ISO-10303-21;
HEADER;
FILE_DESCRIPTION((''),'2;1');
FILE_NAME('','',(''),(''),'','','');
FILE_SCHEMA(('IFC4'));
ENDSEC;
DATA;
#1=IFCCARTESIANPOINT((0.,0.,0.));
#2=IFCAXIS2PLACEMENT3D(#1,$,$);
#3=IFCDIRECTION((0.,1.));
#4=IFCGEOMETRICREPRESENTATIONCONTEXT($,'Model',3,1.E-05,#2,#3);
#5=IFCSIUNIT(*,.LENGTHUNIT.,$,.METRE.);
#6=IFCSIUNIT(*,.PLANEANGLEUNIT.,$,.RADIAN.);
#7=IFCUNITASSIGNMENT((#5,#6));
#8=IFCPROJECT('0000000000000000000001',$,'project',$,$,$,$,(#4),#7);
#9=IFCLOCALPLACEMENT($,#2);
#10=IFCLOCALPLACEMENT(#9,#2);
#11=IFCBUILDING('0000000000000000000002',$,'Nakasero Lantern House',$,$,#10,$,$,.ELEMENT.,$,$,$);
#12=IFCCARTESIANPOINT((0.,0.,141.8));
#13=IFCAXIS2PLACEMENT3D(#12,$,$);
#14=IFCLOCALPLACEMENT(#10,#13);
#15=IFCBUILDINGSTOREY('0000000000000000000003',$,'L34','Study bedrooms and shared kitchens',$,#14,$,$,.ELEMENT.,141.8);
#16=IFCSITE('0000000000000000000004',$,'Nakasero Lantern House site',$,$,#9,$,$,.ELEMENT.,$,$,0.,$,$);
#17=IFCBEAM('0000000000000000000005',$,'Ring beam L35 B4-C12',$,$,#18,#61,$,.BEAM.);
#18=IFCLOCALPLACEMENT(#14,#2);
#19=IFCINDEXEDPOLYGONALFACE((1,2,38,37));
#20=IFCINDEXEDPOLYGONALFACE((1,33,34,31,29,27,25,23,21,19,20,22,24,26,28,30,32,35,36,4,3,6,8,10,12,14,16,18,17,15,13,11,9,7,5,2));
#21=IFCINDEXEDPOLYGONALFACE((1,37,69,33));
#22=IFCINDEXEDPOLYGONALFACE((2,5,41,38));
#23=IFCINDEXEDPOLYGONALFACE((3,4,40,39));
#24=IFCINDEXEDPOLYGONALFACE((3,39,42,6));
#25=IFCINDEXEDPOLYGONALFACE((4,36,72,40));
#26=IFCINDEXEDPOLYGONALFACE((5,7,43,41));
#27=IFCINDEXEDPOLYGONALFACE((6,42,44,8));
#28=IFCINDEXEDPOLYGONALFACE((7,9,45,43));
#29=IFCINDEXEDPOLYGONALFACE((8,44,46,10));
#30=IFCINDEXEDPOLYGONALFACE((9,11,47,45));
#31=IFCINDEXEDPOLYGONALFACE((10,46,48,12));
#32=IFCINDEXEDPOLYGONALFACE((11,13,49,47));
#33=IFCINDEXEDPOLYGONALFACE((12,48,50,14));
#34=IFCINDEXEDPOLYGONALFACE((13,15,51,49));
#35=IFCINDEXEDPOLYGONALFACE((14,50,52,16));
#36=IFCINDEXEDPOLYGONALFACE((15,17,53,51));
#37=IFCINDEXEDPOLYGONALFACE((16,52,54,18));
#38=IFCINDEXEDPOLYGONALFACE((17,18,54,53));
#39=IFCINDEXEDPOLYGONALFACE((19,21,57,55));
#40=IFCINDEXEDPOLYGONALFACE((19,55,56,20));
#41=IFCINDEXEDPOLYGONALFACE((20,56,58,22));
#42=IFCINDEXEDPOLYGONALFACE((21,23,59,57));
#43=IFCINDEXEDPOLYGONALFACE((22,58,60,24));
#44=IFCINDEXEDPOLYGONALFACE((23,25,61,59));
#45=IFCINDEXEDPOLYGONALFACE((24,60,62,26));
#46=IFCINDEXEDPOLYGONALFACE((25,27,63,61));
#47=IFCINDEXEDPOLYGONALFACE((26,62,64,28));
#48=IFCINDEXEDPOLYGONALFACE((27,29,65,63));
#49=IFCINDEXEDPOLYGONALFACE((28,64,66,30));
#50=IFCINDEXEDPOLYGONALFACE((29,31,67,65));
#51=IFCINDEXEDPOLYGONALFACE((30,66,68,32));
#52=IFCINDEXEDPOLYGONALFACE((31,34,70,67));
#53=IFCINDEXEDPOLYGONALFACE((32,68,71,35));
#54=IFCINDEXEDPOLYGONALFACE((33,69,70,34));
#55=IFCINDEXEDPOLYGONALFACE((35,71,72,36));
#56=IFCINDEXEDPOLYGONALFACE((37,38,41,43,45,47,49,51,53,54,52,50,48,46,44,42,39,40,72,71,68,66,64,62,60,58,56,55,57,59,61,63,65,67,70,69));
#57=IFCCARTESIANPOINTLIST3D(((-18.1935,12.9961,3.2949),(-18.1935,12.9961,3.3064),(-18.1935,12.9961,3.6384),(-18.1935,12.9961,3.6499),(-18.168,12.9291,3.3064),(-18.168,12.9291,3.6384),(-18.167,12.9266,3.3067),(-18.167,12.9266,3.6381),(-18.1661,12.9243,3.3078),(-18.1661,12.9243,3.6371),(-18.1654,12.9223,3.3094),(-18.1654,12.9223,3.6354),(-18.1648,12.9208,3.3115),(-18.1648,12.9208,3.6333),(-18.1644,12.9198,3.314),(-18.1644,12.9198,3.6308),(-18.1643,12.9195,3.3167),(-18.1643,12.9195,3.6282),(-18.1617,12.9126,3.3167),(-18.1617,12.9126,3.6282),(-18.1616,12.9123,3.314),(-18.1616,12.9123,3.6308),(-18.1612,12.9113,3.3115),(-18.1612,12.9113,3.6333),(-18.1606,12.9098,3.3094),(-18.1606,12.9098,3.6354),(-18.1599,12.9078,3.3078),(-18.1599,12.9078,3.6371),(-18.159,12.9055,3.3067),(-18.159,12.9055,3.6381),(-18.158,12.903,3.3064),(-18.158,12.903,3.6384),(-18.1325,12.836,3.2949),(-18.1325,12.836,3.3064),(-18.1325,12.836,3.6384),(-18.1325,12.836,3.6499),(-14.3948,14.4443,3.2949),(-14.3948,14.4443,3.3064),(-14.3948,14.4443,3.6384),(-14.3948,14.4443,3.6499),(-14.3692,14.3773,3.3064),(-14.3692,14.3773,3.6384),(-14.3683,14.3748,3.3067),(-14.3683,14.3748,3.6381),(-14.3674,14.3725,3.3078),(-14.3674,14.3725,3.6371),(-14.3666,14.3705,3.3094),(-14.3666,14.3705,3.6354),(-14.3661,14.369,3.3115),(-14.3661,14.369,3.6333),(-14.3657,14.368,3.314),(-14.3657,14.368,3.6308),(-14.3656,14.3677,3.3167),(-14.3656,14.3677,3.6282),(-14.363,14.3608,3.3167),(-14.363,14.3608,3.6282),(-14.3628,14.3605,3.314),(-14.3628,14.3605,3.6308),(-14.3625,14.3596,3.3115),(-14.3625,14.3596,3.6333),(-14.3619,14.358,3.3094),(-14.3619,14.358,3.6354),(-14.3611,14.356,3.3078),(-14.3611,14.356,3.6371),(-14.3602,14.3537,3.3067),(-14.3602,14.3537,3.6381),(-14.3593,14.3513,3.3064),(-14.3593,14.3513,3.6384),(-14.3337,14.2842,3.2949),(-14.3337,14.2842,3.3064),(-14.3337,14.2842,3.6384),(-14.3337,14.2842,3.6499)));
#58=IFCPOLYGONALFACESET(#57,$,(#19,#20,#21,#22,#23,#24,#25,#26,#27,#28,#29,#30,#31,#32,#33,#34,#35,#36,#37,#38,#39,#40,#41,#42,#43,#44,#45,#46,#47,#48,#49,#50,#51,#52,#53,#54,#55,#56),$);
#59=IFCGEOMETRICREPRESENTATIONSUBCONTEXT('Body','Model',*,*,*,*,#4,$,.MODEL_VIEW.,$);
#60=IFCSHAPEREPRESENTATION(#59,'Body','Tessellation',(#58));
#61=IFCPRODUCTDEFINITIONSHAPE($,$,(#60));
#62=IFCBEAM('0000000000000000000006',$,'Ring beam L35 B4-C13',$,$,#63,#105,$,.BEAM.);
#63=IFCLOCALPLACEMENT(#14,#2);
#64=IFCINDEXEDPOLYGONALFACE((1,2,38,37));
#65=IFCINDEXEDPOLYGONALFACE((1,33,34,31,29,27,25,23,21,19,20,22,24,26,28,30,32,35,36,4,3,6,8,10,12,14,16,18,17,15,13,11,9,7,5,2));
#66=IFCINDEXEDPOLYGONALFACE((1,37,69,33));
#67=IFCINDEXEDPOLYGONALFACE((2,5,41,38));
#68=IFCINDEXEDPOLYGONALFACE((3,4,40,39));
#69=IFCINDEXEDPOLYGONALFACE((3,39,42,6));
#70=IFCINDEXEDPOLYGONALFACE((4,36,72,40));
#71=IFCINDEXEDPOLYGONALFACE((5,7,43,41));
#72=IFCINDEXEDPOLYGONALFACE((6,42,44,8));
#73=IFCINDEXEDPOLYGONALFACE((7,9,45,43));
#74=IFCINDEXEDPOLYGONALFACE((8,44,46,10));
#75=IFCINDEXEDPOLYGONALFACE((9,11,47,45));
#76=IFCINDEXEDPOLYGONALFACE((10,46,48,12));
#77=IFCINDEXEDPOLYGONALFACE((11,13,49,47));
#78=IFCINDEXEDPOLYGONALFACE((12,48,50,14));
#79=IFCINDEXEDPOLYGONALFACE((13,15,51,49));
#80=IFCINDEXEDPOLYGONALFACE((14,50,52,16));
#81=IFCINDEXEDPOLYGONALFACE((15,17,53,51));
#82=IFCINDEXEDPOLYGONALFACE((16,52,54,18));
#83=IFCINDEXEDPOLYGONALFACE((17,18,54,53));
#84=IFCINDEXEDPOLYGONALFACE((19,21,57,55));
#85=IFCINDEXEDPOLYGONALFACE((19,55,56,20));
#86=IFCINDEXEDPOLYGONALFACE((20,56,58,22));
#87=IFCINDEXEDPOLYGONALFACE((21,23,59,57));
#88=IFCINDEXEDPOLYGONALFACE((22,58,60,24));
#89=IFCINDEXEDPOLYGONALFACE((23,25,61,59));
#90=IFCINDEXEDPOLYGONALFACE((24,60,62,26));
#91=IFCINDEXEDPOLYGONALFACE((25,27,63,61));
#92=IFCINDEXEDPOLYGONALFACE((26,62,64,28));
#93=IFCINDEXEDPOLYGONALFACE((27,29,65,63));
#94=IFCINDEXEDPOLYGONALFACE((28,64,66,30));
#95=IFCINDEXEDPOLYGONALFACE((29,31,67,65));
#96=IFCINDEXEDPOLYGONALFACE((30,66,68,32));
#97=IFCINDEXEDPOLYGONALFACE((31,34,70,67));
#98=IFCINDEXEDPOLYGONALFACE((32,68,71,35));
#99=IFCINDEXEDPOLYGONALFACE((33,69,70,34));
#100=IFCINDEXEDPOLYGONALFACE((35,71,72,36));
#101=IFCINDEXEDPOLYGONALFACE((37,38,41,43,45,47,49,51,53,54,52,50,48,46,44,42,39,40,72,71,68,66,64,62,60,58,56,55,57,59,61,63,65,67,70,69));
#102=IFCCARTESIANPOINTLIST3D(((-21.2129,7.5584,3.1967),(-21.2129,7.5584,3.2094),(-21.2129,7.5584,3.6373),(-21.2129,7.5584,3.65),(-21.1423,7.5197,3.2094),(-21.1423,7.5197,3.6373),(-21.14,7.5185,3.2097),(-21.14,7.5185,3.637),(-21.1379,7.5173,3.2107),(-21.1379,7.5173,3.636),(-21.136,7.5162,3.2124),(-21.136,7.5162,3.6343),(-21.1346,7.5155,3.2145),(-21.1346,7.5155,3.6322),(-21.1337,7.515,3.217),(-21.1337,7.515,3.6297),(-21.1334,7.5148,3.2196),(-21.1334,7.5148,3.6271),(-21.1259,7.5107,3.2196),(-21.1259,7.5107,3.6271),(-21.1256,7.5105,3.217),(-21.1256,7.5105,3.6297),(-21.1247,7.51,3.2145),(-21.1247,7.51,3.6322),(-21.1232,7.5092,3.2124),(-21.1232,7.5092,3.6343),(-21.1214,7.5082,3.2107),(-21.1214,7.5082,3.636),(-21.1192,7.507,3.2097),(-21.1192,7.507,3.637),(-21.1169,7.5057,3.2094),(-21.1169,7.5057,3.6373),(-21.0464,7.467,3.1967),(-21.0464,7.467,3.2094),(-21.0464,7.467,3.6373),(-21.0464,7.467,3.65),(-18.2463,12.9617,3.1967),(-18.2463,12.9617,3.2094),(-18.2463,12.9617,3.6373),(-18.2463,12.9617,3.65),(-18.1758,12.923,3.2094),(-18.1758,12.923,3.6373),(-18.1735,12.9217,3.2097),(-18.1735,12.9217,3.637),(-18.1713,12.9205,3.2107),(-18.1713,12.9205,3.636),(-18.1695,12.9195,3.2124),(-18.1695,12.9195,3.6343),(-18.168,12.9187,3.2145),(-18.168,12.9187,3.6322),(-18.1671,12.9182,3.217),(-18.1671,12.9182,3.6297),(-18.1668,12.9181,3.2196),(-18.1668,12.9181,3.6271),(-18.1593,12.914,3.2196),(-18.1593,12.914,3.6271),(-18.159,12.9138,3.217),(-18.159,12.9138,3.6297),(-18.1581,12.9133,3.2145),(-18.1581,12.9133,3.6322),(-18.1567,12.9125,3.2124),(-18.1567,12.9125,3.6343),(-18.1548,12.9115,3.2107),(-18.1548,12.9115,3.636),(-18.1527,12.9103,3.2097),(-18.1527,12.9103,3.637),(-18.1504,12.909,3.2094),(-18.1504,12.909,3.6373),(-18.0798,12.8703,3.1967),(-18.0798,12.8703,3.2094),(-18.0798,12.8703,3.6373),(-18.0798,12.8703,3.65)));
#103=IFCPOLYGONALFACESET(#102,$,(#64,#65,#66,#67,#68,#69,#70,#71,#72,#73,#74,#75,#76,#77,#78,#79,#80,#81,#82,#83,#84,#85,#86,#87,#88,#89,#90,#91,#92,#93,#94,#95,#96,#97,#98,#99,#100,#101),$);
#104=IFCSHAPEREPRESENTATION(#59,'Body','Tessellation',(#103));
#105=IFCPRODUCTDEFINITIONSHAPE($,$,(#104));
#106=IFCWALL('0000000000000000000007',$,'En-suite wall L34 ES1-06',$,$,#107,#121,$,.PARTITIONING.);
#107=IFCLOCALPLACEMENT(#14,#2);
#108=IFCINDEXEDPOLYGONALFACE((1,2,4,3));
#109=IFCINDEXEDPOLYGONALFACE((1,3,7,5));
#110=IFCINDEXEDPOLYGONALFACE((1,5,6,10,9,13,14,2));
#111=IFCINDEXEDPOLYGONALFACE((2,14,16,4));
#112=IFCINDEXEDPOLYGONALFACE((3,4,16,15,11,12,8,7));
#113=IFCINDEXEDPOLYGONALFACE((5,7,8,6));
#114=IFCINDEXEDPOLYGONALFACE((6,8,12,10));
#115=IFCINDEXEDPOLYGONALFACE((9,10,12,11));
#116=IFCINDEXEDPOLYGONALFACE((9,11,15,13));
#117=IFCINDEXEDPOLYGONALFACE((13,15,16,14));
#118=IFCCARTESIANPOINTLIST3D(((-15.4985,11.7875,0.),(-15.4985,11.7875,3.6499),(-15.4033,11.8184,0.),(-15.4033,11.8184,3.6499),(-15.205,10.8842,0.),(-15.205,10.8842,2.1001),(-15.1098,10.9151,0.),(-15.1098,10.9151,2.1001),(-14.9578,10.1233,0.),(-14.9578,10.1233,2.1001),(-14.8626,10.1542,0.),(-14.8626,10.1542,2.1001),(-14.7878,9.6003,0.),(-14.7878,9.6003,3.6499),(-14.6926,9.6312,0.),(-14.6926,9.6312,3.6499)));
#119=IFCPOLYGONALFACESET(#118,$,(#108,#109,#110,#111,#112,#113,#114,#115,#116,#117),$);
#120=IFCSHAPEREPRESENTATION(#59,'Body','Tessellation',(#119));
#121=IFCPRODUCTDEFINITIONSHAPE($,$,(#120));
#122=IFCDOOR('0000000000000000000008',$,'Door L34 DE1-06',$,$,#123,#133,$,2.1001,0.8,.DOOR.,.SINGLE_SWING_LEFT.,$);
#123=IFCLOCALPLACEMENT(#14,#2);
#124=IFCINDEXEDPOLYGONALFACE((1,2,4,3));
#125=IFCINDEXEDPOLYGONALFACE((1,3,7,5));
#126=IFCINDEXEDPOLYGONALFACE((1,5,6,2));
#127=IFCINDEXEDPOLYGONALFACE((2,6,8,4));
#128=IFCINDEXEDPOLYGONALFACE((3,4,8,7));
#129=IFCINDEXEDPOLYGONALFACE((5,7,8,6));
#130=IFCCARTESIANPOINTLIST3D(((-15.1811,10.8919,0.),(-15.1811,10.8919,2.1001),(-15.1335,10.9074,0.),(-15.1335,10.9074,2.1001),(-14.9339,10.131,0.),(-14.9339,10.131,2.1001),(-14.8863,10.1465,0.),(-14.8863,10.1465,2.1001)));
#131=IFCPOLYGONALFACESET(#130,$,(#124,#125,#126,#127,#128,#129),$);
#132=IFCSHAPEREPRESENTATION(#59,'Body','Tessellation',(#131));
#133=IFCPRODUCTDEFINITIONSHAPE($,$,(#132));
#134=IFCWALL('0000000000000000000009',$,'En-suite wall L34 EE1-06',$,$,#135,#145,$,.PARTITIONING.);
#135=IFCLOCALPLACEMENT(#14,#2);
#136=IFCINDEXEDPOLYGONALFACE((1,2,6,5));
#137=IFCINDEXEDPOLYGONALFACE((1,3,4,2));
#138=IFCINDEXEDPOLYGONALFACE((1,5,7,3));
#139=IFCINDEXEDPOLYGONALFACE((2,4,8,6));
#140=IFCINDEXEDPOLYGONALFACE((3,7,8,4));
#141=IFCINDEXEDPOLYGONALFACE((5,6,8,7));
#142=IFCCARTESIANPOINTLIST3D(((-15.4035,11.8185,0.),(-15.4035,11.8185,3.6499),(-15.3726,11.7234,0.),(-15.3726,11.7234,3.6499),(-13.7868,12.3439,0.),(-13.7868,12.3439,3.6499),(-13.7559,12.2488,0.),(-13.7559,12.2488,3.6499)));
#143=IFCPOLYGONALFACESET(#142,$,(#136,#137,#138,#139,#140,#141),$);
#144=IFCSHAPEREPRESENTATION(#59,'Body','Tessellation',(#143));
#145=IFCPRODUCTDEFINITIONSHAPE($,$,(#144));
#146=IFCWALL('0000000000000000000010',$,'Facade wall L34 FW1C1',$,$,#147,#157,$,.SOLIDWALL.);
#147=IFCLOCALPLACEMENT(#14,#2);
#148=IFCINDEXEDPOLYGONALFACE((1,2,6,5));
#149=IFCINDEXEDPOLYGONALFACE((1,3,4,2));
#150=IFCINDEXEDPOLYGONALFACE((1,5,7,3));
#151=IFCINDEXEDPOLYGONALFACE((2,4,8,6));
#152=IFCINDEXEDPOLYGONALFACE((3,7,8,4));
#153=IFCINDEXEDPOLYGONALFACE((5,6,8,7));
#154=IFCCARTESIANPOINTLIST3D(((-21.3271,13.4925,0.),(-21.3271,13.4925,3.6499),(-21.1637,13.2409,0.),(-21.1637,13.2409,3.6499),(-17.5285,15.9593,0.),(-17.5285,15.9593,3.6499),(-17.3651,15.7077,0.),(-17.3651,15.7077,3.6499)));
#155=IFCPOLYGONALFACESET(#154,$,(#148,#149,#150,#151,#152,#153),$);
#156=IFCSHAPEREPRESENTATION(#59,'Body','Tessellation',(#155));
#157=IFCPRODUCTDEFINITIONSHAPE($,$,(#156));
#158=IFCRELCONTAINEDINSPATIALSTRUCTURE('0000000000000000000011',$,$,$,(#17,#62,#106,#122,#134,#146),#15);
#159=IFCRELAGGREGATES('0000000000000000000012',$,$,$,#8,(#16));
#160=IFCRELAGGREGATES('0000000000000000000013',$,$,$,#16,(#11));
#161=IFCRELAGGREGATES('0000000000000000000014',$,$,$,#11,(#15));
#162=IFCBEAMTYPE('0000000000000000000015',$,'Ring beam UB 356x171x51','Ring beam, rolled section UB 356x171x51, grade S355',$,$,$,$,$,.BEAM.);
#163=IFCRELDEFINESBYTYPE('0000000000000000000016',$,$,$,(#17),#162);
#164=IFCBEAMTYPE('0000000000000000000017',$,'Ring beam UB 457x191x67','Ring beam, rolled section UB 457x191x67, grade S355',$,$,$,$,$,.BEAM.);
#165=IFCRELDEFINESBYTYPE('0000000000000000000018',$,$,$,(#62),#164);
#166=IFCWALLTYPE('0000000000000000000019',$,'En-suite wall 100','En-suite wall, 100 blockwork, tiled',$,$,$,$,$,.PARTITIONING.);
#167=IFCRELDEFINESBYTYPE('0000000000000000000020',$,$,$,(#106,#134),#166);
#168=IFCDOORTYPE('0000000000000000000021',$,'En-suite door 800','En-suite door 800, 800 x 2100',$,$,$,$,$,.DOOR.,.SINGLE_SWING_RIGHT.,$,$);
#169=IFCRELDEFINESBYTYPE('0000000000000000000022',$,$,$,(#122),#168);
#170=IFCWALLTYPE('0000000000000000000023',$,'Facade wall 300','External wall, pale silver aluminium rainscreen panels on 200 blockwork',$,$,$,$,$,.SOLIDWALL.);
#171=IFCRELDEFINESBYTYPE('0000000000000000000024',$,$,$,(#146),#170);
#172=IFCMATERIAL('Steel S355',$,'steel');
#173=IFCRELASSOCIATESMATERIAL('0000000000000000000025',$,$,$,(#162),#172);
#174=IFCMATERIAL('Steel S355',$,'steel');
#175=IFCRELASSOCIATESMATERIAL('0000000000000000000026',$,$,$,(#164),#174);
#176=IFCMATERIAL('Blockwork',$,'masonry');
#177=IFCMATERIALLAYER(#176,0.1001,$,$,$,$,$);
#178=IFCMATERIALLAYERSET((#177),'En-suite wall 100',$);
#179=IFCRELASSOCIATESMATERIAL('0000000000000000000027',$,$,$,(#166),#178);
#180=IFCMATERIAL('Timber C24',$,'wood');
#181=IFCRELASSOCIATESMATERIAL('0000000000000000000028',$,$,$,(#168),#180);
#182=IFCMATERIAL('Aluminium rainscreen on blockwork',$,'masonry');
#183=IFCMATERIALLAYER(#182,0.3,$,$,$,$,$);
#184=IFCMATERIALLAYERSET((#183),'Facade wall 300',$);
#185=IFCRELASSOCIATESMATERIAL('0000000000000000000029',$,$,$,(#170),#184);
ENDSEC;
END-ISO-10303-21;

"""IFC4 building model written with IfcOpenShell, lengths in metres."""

from ifc_helpers import new_model, si_unit, direction, frame, frame_2d, origin, origin_2d, place, context, subcontext, project, spatial, rectangle, i_section, extrude, material, layer, layer_set, material_profile, profile_set, type_object, element, fill, save


model = new_model("IFC4")

# Units and contexts
model_context = context("Model", 3, precision=1e-05, world=origin(), true_north=direction((0.0, 1.0)))
body_context = subcontext(model_context, "Body", "Model", "MODEL_VIEW")
ifc_project = project(units=[si_unit("LENGTHUNIT", "METRE"), si_unit("PLANEANGLEUNIT", "RADIAN")], contexts=[model_context])

# Site, building, storey
site_placement = place(None, origin())
site = spatial("IfcSite", under=ifc_project, at=site_placement, Name="Nakasero Lantern House site", CompositionType="ELEMENT", RefElevation=0.0)
building_placement = place(site_placement, origin())
building = spatial("IfcBuilding", under=site, at=building_placement, Name="Nakasero Lantern House", CompositionType="ELEMENT")
storey_placement = place(building_placement, frame((0.0, 0.0, 141.8)))
storey = spatial("IfcBuildingStorey", under=building, at=storey_placement, Name="L34", Description="Study bedrooms and shared kitchens", CompositionType="ELEMENT", Elevation=141.8)

# Beams
ifc_material_1 = material(Name="Steel S355", Category="steel")
ifc_material_profile_1 = material_profile(ifc_material_1, i_section(OverallWidth=0.1714, OverallDepth=0.355, WebThickness=0.0073, FlangeThickness=0.0115, FilletRadius=0.0103, at=origin_2d()), Name="UB 356x171x51")
ifc_profile_set_1 = profile_set([ifc_material_profile_1], Name="Steel S355")
beam_type_1 = type_object("IfcBeamType", Name="Ring beam UB 356x171x51", Description="Ring beam, rolled section UB 356x171x51, grade S355", PredefinedType="BEAM", material=ifc_profile_set_1)
beam_1_placement = place(storey_placement, frame((-14.3643, 14.3643, 3.4724), z_axis=(-0.9344, -0.356225, 0.0), x_axis=(0.356225, -0.9344, 0.0)))
element("IfcBeam", 1, at=beam_1_placement, inside=storey, type_object=beam_type_1, Name="Ring beam L35 B4-C12", PredefinedType="BEAM", context=body_context, shape_type="SweptSolid", body=[
    extrude(i_section(OverallWidth=0.1714, OverallDepth=0.355, WebThickness=0.0073, FlangeThickness=0.0115, FilletRadius=0.0103, at=origin_2d()), origin(), (0.0, 0.0, 1.0), 4.0654),
])
ifc_material_2 = material(Name="Steel S355", Category="steel")
ifc_material_profile_2 = material_profile(ifc_material_2, i_section(OverallWidth=0.1899, OverallDepth=0.4534, WebThickness=0.0085, FlangeThickness=0.0127, FilletRadius=0.0103, at=origin_2d()), Name="UB 457x191x67")
ifc_profile_set_2 = profile_set([ifc_material_profile_2], Name="Steel S355")
beam_type_2 = type_object("IfcBeamType", Name="Ring beam UB 457x191x67", Description="Ring beam, rolled section UB 457x191x67, grade S355", PredefinedType="BEAM", material=ifc_profile_set_2)
beam_2_placement = place(storey_placement, frame((-18.1631, 12.916, 3.4233), z_axis=(-0.481262, -0.876577, 0.0), x_axis=(0.876577, -0.481262, 0.0)))
element("IfcBeam", 2, at=beam_2_placement, inside=storey, type_object=beam_type_2, Name="Ring beam L35 B4-C13", PredefinedType="BEAM", context=body_context, shape_type="SweptSolid", body=[
    extrude(i_section(OverallWidth=0.1899, OverallDepth=0.4534, WebThickness=0.0085, FlangeThickness=0.0127, FilletRadius=0.0103, at=origin_2d()), origin(), (0.0, 0.0, 1.0), 6.1641),
])

# Wall, opening, door
ifc_material_3 = material(Name="Blockwork", Category="masonry")
ifc_layer_1 = layer(ifc_material_3, 0.1001)
ifc_layer_set_1 = layer_set([ifc_layer_1], Name="En-suite wall 100")
wall_type_1 = type_object("IfcWallType", Name="En-suite wall 100", Description="En-suite wall, 100 blockwork, tiled", PredefinedType="PARTITIONING", material=ifc_layer_set_1)
wall_1_placement = place(storey_placement, frame((-14.7402, 9.6157, 0.0), z_axis=(0.0, 0.0, 1.0), x_axis=(-0.309021, 0.951055, 0.0)))
wall_1 = element("IfcWall", 3, at=wall_1_placement, inside=storey, type_object=wall_type_1, Name="En-suite wall L34 ES1-06", PredefinedType="PARTITIONING", context=body_context, shape_type="SweptSolid", body=[
    extrude(rectangle(XDim=2.2998, YDim=0.1001, at=frame_2d((1.1499, 0.0))), origin(), (0.0, 0.0, 1.0), 3.6499),
])
opening_1_placement = place(wall_1_placement, frame((0.55, 0.0, 0.0)))
opening_1 = element("IfcOpeningElement", 4, at=opening_1_placement, cuts=wall_1, PredefinedType="OPENING", context=body_context, shape_type="SweptSolid", body=[
    extrude(rectangle(XDim=0.8, YDim=2.1001, at=frame_2d((0.3999, 1.05))), frame((0.0, 0.0701, 0.0), z_axis=(0.0, -1.0, 0.0), x_axis=(1.0, 0.0, 0.0)), (0.0, 0.0, 1.0), 0.1401),
])
ifc_material_4 = material(Name="Timber C24", Category="wood")
door_type_1 = type_object("IfcDoorType", Name="En-suite door 800", Description="En-suite door 800, 800 x 2100", OperationType="SINGLE_SWING_RIGHT", PredefinedType="DOOR", material=ifc_material_4)
door_1_placement = place(opening_1_placement, origin())
door_1 = element("IfcDoor", 5, at=door_1_placement, inside=storey, type_object=door_type_1, Name="Door L34 DE1-06", OperationType="SINGLE_SWING_LEFT", OverallHeight=2.1001, OverallWidth=0.8, PredefinedType="DOOR", context=body_context, shape_type="SweptSolid", body=[
    extrude(rectangle(XDim=0.8, YDim=2.1001, at=frame_2d((0.3999, 1.05))), frame((0.0, 0.0249, 0.0), z_axis=(0.0, -1.0, 0.0), x_axis=(1.0, 0.0, 0.0)), (0.0, 0.0, 1.0), 0.05),
])
fill(opening_1, door_1)

# Walls
wall_2_placement = place(storey_placement, frame((-13.7712, 12.2964, 0.0), z_axis=(0.0, 0.0, 1.0), x_axis=(-0.95104, -0.309067, 0.0)))
element("IfcWall", 6, at=wall_2_placement, inside=storey, type_object=wall_type_1, Name="En-suite wall L34 EE1-06", PredefinedType="PARTITIONING", context=body_context, shape_type="SweptSolid", body=[
    extrude(rectangle(XDim=1.7, YDim=0.1001, at=frame_2d((0.8501, 0.0))), origin(), (0.0, 0.0, 1.0), 3.6499),
])
ifc_material_5 = material(Name="Aluminium rainscreen on blockwork", Category="masonry")
ifc_layer_2 = layer(ifc_material_5, 0.3)
ifc_layer_set_2 = layer_set([ifc_layer_2], Name="Facade wall 300")
wall_type_2 = type_object("IfcWallType", Name="Facade wall 300", Description="External wall, pale silver aluminium rainscreen panels on 200 blockwork", PredefinedType="SOLIDWALL", material=ifc_layer_set_2)
wall_3_placement = place(storey_placement, frame((-17.4468, 15.8335, 0.0), z_axis=(0.0, 0.0, 1.0), x_axis=(-0.838674, -0.544634, 0.0)))
element("IfcWall", 7, at=wall_3_placement, inside=storey, type_object=wall_type_2, Name="Facade wall L34 FW1C1", PredefinedType="SOLIDWALL", context=body_context, shape_type="SweptSolid", body=[
    extrude(rectangle(XDim=4.5293, YDim=0.3, at=frame_2d((2.2646, 0.0))), origin(), (0.0, 0.0, 1.0), 3.6499),
])

save(model, "model.ifc")
